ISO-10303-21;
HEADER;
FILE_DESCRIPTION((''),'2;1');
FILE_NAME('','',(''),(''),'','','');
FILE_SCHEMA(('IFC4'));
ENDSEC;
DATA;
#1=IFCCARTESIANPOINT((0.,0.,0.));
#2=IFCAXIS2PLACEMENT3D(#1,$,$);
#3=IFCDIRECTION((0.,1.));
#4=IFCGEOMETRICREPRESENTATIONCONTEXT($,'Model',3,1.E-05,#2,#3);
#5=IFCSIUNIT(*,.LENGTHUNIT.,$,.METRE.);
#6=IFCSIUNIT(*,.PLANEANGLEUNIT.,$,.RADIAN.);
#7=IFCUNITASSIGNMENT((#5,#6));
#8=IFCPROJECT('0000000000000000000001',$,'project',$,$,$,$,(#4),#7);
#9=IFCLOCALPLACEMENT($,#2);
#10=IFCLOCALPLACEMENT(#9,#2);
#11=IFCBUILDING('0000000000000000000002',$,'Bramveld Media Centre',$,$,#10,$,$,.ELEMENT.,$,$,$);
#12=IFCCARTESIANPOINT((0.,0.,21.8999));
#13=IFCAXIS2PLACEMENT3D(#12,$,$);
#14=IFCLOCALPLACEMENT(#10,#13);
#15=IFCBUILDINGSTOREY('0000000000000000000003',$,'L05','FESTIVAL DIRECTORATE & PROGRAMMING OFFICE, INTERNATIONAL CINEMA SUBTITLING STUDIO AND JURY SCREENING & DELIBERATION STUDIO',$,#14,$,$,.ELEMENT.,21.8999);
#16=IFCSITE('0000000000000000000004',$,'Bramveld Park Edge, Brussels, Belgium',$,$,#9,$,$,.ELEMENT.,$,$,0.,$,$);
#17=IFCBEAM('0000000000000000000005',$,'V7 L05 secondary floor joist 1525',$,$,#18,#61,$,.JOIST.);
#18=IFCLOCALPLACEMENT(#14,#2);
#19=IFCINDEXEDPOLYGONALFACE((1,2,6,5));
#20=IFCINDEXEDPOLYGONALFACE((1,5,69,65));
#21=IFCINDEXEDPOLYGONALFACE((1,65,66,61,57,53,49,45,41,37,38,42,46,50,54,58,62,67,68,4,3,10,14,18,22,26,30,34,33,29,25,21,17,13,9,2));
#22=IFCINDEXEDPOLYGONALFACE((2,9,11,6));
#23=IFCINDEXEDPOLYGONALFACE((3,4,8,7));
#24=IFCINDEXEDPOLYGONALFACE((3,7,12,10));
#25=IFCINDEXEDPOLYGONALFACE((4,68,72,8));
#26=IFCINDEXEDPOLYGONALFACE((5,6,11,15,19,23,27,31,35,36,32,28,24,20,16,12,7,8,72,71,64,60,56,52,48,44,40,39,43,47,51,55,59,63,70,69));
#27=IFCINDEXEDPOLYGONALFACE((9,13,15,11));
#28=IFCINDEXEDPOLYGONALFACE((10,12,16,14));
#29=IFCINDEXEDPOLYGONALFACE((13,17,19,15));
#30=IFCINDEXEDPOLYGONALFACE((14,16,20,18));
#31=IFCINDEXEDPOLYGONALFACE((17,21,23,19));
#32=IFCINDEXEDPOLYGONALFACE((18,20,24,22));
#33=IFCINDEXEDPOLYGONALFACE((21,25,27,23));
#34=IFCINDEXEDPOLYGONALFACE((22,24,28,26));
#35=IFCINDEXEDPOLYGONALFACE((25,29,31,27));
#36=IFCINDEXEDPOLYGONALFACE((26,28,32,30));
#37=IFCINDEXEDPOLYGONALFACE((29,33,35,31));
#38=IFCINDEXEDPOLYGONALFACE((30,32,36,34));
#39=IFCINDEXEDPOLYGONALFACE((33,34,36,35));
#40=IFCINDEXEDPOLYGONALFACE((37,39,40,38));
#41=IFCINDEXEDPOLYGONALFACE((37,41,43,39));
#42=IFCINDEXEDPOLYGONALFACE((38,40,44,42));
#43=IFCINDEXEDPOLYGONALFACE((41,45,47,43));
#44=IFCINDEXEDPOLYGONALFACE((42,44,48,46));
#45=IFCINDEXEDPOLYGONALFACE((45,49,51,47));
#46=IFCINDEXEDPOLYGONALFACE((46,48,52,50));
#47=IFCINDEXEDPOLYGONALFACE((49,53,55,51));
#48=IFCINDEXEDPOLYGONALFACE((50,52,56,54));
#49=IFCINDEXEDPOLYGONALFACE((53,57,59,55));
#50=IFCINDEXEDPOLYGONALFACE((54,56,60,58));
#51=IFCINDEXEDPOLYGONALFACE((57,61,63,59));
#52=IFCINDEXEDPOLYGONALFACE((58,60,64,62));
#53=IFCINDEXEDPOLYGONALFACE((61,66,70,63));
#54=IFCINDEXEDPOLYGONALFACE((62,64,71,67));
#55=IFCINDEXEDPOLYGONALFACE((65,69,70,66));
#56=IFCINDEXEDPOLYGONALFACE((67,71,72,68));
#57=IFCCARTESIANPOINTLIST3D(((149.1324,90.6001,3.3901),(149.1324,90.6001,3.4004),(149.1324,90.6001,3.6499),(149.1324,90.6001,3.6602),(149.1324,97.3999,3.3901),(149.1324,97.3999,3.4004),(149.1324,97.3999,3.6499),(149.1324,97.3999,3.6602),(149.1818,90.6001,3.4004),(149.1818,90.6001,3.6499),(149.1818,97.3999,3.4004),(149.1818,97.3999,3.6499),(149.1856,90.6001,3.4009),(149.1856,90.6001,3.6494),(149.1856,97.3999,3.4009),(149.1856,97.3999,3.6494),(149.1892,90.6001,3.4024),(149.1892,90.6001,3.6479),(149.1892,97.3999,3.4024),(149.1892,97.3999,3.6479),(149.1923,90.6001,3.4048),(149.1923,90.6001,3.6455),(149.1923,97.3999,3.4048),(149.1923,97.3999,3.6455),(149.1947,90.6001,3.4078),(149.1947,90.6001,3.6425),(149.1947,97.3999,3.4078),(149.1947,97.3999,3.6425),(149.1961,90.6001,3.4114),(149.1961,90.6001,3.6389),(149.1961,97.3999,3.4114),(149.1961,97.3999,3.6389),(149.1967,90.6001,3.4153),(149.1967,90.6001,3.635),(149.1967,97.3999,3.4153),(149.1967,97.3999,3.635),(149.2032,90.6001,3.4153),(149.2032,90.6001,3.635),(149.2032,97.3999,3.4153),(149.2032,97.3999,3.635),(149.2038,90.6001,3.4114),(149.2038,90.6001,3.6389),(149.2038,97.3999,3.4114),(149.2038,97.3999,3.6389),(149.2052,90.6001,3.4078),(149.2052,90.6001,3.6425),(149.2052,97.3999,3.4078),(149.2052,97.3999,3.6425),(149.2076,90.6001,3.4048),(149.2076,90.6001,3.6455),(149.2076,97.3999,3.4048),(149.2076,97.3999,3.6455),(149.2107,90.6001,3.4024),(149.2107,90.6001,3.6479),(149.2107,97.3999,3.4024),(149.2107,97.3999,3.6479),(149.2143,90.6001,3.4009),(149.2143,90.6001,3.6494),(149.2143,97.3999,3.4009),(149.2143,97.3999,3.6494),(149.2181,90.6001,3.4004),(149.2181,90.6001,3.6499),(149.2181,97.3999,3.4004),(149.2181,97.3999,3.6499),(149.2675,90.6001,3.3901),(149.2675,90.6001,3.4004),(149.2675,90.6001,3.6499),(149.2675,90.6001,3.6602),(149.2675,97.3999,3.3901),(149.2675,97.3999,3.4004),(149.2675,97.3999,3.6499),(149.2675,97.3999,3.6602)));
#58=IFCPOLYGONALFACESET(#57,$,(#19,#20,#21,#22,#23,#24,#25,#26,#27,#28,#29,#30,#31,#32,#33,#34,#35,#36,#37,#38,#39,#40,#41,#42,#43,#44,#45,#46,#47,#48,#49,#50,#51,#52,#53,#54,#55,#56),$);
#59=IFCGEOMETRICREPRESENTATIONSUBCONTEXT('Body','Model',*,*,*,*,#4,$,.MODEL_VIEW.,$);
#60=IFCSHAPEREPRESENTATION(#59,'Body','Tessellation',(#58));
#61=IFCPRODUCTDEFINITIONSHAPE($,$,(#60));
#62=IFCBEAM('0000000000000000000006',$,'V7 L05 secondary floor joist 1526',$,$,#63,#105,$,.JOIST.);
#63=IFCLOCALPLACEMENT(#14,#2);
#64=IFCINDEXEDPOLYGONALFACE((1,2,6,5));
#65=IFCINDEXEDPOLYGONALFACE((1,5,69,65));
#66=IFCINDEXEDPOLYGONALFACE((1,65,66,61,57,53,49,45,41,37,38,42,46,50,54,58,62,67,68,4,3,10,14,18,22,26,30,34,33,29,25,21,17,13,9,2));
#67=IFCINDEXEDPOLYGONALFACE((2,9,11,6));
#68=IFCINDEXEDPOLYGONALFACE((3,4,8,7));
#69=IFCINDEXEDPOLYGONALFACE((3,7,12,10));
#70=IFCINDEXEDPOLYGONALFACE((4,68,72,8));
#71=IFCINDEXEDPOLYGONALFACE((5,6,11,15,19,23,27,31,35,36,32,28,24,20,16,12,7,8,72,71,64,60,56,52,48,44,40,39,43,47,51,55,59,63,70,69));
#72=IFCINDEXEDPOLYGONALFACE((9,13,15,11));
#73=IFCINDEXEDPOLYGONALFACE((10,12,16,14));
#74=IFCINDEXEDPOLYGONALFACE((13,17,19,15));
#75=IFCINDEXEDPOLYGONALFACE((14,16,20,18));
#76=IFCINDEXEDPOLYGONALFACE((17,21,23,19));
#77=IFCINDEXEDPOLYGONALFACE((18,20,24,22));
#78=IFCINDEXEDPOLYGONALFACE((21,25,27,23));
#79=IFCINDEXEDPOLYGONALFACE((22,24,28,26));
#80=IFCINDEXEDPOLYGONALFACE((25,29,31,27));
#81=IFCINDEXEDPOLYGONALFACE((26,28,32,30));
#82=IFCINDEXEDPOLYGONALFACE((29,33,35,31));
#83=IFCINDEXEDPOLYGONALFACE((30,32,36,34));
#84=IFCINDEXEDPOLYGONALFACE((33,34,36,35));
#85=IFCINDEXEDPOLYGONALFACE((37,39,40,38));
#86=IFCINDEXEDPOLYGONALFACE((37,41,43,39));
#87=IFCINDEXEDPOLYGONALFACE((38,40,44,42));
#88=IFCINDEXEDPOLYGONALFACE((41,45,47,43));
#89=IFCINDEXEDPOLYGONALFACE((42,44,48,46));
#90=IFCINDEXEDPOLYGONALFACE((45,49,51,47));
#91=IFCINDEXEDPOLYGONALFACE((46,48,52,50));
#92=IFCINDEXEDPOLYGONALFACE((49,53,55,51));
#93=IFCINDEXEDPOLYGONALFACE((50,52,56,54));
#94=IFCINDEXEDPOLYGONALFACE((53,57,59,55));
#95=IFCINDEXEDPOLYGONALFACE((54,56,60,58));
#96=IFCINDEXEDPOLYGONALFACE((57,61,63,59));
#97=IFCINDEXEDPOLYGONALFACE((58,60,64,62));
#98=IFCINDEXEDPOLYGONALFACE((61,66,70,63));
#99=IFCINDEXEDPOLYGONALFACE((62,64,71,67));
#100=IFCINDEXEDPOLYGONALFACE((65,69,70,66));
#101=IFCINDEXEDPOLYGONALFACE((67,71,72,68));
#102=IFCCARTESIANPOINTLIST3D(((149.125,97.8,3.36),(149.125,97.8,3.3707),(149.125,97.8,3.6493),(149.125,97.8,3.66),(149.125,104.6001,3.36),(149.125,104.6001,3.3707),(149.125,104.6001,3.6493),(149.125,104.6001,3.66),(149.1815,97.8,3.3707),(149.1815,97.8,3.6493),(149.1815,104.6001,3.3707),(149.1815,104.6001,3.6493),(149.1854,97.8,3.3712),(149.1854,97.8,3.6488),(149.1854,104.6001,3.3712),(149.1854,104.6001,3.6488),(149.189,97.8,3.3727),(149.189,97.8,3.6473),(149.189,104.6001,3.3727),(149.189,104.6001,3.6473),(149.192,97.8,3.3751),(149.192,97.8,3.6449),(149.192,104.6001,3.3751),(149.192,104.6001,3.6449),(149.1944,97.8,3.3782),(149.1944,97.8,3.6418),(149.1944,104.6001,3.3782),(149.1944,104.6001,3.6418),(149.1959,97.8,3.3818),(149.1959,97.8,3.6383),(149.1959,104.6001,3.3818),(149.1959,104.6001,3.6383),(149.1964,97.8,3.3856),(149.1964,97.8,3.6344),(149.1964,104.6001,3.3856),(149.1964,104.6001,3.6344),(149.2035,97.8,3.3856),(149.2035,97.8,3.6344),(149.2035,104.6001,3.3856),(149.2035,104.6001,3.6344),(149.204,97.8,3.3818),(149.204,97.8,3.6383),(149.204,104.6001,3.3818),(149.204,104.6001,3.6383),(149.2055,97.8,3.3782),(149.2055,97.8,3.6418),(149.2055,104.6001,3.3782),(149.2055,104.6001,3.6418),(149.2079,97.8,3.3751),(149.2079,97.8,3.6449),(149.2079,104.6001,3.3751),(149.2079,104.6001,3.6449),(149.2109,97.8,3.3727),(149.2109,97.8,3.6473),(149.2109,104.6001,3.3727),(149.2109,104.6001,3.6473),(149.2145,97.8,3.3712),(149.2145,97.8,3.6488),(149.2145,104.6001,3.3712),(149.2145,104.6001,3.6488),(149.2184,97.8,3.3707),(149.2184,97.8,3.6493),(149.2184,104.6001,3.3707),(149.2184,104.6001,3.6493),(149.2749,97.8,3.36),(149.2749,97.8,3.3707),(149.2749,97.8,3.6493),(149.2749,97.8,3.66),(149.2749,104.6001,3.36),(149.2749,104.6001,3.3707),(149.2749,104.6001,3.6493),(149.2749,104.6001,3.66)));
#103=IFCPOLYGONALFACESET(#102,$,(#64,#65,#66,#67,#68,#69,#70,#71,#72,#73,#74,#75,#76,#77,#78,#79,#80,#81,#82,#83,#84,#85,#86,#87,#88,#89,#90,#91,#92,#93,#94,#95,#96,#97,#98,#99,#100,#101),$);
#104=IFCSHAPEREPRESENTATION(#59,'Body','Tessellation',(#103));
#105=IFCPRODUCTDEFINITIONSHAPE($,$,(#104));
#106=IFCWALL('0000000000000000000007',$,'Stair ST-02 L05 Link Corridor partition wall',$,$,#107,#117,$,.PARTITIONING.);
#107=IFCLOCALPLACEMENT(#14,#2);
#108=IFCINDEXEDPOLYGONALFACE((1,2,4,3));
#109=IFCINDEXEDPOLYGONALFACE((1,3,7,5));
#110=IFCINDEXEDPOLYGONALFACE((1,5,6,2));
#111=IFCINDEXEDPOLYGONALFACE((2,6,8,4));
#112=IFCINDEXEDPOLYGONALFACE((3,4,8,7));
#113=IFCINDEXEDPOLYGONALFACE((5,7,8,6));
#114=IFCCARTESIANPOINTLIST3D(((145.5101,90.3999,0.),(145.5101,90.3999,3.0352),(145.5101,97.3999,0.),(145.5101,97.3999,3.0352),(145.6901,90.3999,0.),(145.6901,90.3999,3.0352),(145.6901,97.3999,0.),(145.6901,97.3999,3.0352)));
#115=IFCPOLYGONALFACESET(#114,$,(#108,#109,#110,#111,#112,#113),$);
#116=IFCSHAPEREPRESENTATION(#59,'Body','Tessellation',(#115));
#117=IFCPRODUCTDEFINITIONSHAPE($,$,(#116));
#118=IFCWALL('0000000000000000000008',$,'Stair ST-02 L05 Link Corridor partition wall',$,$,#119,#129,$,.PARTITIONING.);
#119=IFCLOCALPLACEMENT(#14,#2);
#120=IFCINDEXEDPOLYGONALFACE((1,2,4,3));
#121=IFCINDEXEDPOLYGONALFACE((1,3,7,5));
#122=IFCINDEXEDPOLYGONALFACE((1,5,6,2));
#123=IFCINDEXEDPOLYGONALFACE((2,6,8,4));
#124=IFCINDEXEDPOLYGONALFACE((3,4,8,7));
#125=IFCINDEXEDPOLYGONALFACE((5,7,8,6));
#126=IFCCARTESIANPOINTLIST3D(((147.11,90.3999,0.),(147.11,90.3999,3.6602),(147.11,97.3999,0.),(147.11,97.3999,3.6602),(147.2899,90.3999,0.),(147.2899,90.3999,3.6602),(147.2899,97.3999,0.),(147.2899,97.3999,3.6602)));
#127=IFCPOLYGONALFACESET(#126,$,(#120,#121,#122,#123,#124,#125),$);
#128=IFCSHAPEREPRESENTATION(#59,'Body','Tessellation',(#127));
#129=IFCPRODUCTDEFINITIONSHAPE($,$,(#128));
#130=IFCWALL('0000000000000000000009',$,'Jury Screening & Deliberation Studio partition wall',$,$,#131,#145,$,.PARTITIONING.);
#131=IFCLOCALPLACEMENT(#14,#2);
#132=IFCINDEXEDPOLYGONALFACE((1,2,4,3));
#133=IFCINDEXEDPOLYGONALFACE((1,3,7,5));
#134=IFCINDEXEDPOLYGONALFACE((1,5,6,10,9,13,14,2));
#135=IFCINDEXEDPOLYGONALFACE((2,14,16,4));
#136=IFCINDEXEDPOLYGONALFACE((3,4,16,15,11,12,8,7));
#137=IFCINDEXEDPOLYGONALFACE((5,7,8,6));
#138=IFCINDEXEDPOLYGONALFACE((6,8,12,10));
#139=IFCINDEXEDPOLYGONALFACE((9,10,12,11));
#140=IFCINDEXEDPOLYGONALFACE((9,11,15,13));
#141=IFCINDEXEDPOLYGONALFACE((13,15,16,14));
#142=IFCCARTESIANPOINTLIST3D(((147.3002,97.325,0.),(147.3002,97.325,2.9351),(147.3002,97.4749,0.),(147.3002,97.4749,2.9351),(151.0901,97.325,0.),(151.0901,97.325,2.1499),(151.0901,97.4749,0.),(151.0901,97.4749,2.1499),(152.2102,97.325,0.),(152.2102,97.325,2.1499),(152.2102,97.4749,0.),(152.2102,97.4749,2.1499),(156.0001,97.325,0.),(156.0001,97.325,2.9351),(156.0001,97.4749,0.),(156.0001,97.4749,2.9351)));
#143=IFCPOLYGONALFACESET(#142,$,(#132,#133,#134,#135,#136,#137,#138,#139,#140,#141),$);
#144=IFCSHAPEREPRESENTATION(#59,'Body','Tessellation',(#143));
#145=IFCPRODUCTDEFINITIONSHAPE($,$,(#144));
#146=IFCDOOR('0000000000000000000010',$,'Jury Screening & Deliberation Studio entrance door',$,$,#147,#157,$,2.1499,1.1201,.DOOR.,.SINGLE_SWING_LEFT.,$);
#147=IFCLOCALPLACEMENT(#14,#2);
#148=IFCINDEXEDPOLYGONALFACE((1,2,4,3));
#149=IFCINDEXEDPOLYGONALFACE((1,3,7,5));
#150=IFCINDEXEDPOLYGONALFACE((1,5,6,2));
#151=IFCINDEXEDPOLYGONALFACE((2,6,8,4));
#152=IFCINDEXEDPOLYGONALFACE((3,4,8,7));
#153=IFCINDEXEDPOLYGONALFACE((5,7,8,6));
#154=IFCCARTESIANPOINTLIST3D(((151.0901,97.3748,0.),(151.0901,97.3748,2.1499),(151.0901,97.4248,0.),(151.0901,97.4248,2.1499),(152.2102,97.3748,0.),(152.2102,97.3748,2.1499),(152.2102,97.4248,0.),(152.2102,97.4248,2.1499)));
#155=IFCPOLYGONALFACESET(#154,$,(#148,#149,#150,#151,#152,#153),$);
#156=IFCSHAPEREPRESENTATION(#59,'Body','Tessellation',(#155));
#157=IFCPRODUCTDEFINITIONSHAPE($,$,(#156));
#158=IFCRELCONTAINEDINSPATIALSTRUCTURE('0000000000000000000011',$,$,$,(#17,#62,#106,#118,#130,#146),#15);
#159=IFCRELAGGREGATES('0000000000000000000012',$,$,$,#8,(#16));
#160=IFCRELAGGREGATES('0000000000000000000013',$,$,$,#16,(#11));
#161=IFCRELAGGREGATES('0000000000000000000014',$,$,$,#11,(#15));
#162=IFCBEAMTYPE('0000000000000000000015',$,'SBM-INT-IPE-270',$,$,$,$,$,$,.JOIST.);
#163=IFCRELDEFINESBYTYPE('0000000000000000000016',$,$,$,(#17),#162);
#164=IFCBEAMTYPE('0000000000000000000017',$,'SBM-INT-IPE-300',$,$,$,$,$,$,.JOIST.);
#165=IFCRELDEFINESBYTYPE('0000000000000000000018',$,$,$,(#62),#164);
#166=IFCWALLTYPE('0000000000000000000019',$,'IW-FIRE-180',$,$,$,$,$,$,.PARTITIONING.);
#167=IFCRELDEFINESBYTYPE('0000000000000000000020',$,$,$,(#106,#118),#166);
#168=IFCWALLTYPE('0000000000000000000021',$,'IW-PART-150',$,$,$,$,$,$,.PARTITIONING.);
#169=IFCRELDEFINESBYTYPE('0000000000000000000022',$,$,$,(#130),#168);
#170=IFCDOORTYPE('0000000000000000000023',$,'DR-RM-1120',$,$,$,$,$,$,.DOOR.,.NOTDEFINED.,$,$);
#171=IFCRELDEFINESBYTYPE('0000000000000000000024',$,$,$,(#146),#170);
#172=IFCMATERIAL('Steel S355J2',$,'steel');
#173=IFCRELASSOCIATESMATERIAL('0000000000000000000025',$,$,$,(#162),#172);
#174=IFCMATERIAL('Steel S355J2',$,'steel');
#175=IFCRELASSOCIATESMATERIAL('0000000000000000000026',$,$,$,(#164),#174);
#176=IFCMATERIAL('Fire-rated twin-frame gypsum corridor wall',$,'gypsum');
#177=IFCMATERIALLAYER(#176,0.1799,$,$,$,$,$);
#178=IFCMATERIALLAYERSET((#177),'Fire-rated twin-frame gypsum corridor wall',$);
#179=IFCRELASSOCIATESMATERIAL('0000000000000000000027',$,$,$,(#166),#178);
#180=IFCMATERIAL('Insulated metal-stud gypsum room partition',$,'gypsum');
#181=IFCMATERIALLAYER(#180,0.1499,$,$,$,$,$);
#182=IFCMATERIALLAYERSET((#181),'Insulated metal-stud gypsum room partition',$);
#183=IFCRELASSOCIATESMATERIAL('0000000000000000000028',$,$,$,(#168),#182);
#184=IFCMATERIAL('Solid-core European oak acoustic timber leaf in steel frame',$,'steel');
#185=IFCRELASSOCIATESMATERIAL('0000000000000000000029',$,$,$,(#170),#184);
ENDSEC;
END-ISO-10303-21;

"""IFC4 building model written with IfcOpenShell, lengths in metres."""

from ifc_helpers import new_model, si_unit, direction, frame, frame_2d, origin, origin_2d, place, context, subcontext, project, spatial, rectangle, i_section, extrude, material, layer, layer_set, material_profile, profile_set, type_object, element, fill, save


model = new_model("IFC4")

# Units and contexts
model_context = context("Model", 3, precision=1e-05, world=origin(), true_north=direction((0.0, 1.0)))
body_context = subcontext(model_context, "Body", "Model", "MODEL_VIEW")
ifc_project = project(units=[si_unit("LENGTHUNIT", "METRE"), si_unit("PLANEANGLEUNIT", "RADIAN")], contexts=[model_context])

# Site, building, storey
site_placement = place(None, origin())
site = spatial("IfcSite", under=ifc_project, at=site_placement, Name="Bramveld Park Edge, Brussels, Belgium", CompositionType="ELEMENT", RefElevation=0.0)
building_placement = place(site_placement, origin())
building = spatial("IfcBuilding", under=site, at=building_placement, Name="Bramveld Media Centre", CompositionType="ELEMENT")
storey_placement = place(building_placement, frame((0.0, 0.0, 21.8999)))
storey = spatial("IfcBuildingStorey", under=building, at=storey_placement, Name="L05", Description="FESTIVAL DIRECTORATE & PROGRAMMING OFFICE, INTERNATIONAL CINEMA SUBTITLING STUDIO AND JURY SCREENING & DELIBERATION STUDIO", CompositionType="ELEMENT", Elevation=21.8999)

# Beams
ifc_material_1 = material(Name="Steel S355J2", Category="steel")
ifc_material_profile_1 = material_profile(ifc_material_1, i_section(OverallWidth=0.135, OverallDepth=0.27, WebThickness=0.0066, FlangeThickness=0.0103, FilletRadius=0.0149, at=origin_2d()), Name="IPE 270")
ifc_profile_set_1 = profile_set([ifc_material_profile_1], Name="Steel S355J2")
beam_type_1 = type_object("IfcBeamType", Name="SBM-INT-IPE-270", PredefinedType="JOIST", material=ifc_profile_set_1)
beam_1_placement = place(storey_placement, frame((149.2, 90.6001, 3.5251), z_axis=(0.0, 1.0, 0.0), x_axis=(-1.0, 0.0, 0.0)))
element("IfcBeam", 1, at=beam_1_placement, inside=storey, type_object=beam_type_1, Name="V7 L05 secondary floor joist 1525", PredefinedType="JOIST", context=body_context, shape_type="SweptSolid", body=[
    extrude(i_section(OverallWidth=0.135, OverallDepth=0.27, WebThickness=0.0066, FlangeThickness=0.0103, FilletRadius=0.0149, at=origin_2d()), origin(), (0.0, 0.0, 1.0), 6.7998),
])
ifc_material_2 = material(Name="Steel S355J2", Category="steel")
ifc_material_profile_2 = material_profile(ifc_material_2, i_section(OverallWidth=0.1499, OverallDepth=0.3, WebThickness=0.0071, FlangeThickness=0.0107, FilletRadius=0.0149, at=origin_2d()), Name="IPE 300")
ifc_profile_set_2 = profile_set([ifc_material_profile_2], Name="Steel S355J2")
beam_type_2 = type_object("IfcBeamType", Name="SBM-INT-IPE-300", PredefinedType="JOIST", material=ifc_profile_set_2)
beam_2_placement = place(storey_placement, frame((149.2, 97.8, 3.51), z_axis=(0.0, 1.0, 0.0), x_axis=(-1.0, 0.0, 0.0)))
element("IfcBeam", 2, at=beam_2_placement, inside=storey, type_object=beam_type_2, Name="V7 L05 secondary floor joist 1526", PredefinedType="JOIST", context=body_context, shape_type="SweptSolid", body=[
    extrude(i_section(OverallWidth=0.1499, OverallDepth=0.3, WebThickness=0.0071, FlangeThickness=0.0107, FilletRadius=0.0149, at=origin_2d()), origin(), (0.0, 0.0, 1.0), 6.8),
])

# Walls
ifc_material_3 = material(Name="Fire-rated twin-frame gypsum corridor wall", Category="gypsum")
ifc_layer_1 = layer(ifc_material_3, 0.1799)
ifc_layer_set_1 = layer_set([ifc_layer_1], Name="Fire-rated twin-frame gypsum corridor wall")
wall_type_1 = type_object("IfcWallType", Name="IW-FIRE-180", PredefinedType="PARTITIONING", material=ifc_layer_set_1)
wall_1_placement = place(storey_placement, frame((145.6001, 90.3999, 0.0), z_axis=(0.0, 0.0, 1.0), x_axis=(0.0, 1.0, 0.0)))
element("IfcWall", 3, at=wall_1_placement, inside=storey, type_object=wall_type_1, Name="Stair ST-02 L05 Link Corridor partition wall", PredefinedType="PARTITIONING", context=body_context, shape_type="SweptSolid", body=[
    extrude(rectangle(XDim=7.0, YDim=0.1799, at=frame_2d((3.5, 0.0))), origin(), (0.0, 0.0, 1.0), 3.0352),
])
wall_2_placement = place(storey_placement, frame((147.2, 90.3999, 0.0), z_axis=(0.0, 0.0, 1.0), x_axis=(0.0, 1.0, 0.0)))
element("IfcWall", 4, at=wall_2_placement, inside=storey, type_object=wall_type_1, Name="Stair ST-02 L05 Link Corridor partition wall", PredefinedType="PARTITIONING", context=body_context, shape_type="SweptSolid", body=[
    extrude(rectangle(XDim=7.0, YDim=0.1799, at=frame_2d((3.5, 0.0))), origin(), (0.0, 0.0, 1.0), 3.6602),
])

# Wall, opening, door
ifc_material_4 = material(Name="Insulated metal-stud gypsum room partition", Category="gypsum")
ifc_layer_2 = layer(ifc_material_4, 0.1499)
ifc_layer_set_2 = layer_set([ifc_layer_2], Name="Insulated metal-stud gypsum room partition")
wall_type_2 = type_object("IfcWallType", Name="IW-PART-150", PredefinedType="PARTITIONING", material=ifc_layer_set_2)
wall_3_placement = place(storey_placement, frame((147.3, 97.3999, 0.0), z_axis=(0.0, 0.0, 1.0), x_axis=(1.0, 0.0, 0.0)))
wall_3 = element("IfcWall", 5, at=wall_3_placement, inside=storey, type_object=wall_type_2, Name="Jury Screening & Deliberation Studio partition wall", PredefinedType="PARTITIONING", context=body_context, shape_type="SweptSolid", body=[
    extrude(rectangle(XDim=8.7, YDim=0.1499, at=frame_2d((4.3501, 0.0))), origin(), (0.0, 0.0, 1.0), 2.9351),
])
opening_1_placement = place(wall_3_placement, frame((3.79, 0.0, 0.0)))
opening_1 = element("IfcOpeningElement", 6, at=opening_1_placement, cuts=wall_3, PredefinedType="OPENING", context=body_context, shape_type="SweptSolid", body=[
    extrude(rectangle(XDim=1.1201, YDim=2.1499, at=frame_2d((0.5601, 1.075))), frame((0.0, 0.0869, 0.0), z_axis=(0.0, -1.0, 0.0), x_axis=(1.0, 0.0, 0.0)), (0.0, 0.0, 1.0), 0.1738),
])
ifc_material_5 = material(Name="Solid-core European oak acoustic timber leaf in steel frame", Category="steel")
door_type_1 = type_object("IfcDoorType", Name="DR-RM-1120", OperationType="NOTDEFINED", PredefinedType="DOOR", material=ifc_material_5)
door_1_placement = place(opening_1_placement, origin())
door_1 = element("IfcDoor", 7, at=door_1_placement, inside=storey, type_object=door_type_1, Name="Jury Screening & Deliberation Studio entrance door", OperationType="SINGLE_SWING_LEFT", OverallHeight=2.1499, OverallWidth=1.1201, PredefinedType="DOOR", context=body_context, shape_type="SweptSolid", body=[
    extrude(rectangle(XDim=1.1201, YDim=2.1499, at=frame_2d((0.5601, 1.075))), frame((0.0, 0.0249, 0.0), z_axis=(0.0, -1.0, 0.0), x_axis=(1.0, 0.0, 0.0)), (0.0, 0.0, 1.0), 0.05),
])
fill(opening_1, door_1)

save(model, "model.ifc")
